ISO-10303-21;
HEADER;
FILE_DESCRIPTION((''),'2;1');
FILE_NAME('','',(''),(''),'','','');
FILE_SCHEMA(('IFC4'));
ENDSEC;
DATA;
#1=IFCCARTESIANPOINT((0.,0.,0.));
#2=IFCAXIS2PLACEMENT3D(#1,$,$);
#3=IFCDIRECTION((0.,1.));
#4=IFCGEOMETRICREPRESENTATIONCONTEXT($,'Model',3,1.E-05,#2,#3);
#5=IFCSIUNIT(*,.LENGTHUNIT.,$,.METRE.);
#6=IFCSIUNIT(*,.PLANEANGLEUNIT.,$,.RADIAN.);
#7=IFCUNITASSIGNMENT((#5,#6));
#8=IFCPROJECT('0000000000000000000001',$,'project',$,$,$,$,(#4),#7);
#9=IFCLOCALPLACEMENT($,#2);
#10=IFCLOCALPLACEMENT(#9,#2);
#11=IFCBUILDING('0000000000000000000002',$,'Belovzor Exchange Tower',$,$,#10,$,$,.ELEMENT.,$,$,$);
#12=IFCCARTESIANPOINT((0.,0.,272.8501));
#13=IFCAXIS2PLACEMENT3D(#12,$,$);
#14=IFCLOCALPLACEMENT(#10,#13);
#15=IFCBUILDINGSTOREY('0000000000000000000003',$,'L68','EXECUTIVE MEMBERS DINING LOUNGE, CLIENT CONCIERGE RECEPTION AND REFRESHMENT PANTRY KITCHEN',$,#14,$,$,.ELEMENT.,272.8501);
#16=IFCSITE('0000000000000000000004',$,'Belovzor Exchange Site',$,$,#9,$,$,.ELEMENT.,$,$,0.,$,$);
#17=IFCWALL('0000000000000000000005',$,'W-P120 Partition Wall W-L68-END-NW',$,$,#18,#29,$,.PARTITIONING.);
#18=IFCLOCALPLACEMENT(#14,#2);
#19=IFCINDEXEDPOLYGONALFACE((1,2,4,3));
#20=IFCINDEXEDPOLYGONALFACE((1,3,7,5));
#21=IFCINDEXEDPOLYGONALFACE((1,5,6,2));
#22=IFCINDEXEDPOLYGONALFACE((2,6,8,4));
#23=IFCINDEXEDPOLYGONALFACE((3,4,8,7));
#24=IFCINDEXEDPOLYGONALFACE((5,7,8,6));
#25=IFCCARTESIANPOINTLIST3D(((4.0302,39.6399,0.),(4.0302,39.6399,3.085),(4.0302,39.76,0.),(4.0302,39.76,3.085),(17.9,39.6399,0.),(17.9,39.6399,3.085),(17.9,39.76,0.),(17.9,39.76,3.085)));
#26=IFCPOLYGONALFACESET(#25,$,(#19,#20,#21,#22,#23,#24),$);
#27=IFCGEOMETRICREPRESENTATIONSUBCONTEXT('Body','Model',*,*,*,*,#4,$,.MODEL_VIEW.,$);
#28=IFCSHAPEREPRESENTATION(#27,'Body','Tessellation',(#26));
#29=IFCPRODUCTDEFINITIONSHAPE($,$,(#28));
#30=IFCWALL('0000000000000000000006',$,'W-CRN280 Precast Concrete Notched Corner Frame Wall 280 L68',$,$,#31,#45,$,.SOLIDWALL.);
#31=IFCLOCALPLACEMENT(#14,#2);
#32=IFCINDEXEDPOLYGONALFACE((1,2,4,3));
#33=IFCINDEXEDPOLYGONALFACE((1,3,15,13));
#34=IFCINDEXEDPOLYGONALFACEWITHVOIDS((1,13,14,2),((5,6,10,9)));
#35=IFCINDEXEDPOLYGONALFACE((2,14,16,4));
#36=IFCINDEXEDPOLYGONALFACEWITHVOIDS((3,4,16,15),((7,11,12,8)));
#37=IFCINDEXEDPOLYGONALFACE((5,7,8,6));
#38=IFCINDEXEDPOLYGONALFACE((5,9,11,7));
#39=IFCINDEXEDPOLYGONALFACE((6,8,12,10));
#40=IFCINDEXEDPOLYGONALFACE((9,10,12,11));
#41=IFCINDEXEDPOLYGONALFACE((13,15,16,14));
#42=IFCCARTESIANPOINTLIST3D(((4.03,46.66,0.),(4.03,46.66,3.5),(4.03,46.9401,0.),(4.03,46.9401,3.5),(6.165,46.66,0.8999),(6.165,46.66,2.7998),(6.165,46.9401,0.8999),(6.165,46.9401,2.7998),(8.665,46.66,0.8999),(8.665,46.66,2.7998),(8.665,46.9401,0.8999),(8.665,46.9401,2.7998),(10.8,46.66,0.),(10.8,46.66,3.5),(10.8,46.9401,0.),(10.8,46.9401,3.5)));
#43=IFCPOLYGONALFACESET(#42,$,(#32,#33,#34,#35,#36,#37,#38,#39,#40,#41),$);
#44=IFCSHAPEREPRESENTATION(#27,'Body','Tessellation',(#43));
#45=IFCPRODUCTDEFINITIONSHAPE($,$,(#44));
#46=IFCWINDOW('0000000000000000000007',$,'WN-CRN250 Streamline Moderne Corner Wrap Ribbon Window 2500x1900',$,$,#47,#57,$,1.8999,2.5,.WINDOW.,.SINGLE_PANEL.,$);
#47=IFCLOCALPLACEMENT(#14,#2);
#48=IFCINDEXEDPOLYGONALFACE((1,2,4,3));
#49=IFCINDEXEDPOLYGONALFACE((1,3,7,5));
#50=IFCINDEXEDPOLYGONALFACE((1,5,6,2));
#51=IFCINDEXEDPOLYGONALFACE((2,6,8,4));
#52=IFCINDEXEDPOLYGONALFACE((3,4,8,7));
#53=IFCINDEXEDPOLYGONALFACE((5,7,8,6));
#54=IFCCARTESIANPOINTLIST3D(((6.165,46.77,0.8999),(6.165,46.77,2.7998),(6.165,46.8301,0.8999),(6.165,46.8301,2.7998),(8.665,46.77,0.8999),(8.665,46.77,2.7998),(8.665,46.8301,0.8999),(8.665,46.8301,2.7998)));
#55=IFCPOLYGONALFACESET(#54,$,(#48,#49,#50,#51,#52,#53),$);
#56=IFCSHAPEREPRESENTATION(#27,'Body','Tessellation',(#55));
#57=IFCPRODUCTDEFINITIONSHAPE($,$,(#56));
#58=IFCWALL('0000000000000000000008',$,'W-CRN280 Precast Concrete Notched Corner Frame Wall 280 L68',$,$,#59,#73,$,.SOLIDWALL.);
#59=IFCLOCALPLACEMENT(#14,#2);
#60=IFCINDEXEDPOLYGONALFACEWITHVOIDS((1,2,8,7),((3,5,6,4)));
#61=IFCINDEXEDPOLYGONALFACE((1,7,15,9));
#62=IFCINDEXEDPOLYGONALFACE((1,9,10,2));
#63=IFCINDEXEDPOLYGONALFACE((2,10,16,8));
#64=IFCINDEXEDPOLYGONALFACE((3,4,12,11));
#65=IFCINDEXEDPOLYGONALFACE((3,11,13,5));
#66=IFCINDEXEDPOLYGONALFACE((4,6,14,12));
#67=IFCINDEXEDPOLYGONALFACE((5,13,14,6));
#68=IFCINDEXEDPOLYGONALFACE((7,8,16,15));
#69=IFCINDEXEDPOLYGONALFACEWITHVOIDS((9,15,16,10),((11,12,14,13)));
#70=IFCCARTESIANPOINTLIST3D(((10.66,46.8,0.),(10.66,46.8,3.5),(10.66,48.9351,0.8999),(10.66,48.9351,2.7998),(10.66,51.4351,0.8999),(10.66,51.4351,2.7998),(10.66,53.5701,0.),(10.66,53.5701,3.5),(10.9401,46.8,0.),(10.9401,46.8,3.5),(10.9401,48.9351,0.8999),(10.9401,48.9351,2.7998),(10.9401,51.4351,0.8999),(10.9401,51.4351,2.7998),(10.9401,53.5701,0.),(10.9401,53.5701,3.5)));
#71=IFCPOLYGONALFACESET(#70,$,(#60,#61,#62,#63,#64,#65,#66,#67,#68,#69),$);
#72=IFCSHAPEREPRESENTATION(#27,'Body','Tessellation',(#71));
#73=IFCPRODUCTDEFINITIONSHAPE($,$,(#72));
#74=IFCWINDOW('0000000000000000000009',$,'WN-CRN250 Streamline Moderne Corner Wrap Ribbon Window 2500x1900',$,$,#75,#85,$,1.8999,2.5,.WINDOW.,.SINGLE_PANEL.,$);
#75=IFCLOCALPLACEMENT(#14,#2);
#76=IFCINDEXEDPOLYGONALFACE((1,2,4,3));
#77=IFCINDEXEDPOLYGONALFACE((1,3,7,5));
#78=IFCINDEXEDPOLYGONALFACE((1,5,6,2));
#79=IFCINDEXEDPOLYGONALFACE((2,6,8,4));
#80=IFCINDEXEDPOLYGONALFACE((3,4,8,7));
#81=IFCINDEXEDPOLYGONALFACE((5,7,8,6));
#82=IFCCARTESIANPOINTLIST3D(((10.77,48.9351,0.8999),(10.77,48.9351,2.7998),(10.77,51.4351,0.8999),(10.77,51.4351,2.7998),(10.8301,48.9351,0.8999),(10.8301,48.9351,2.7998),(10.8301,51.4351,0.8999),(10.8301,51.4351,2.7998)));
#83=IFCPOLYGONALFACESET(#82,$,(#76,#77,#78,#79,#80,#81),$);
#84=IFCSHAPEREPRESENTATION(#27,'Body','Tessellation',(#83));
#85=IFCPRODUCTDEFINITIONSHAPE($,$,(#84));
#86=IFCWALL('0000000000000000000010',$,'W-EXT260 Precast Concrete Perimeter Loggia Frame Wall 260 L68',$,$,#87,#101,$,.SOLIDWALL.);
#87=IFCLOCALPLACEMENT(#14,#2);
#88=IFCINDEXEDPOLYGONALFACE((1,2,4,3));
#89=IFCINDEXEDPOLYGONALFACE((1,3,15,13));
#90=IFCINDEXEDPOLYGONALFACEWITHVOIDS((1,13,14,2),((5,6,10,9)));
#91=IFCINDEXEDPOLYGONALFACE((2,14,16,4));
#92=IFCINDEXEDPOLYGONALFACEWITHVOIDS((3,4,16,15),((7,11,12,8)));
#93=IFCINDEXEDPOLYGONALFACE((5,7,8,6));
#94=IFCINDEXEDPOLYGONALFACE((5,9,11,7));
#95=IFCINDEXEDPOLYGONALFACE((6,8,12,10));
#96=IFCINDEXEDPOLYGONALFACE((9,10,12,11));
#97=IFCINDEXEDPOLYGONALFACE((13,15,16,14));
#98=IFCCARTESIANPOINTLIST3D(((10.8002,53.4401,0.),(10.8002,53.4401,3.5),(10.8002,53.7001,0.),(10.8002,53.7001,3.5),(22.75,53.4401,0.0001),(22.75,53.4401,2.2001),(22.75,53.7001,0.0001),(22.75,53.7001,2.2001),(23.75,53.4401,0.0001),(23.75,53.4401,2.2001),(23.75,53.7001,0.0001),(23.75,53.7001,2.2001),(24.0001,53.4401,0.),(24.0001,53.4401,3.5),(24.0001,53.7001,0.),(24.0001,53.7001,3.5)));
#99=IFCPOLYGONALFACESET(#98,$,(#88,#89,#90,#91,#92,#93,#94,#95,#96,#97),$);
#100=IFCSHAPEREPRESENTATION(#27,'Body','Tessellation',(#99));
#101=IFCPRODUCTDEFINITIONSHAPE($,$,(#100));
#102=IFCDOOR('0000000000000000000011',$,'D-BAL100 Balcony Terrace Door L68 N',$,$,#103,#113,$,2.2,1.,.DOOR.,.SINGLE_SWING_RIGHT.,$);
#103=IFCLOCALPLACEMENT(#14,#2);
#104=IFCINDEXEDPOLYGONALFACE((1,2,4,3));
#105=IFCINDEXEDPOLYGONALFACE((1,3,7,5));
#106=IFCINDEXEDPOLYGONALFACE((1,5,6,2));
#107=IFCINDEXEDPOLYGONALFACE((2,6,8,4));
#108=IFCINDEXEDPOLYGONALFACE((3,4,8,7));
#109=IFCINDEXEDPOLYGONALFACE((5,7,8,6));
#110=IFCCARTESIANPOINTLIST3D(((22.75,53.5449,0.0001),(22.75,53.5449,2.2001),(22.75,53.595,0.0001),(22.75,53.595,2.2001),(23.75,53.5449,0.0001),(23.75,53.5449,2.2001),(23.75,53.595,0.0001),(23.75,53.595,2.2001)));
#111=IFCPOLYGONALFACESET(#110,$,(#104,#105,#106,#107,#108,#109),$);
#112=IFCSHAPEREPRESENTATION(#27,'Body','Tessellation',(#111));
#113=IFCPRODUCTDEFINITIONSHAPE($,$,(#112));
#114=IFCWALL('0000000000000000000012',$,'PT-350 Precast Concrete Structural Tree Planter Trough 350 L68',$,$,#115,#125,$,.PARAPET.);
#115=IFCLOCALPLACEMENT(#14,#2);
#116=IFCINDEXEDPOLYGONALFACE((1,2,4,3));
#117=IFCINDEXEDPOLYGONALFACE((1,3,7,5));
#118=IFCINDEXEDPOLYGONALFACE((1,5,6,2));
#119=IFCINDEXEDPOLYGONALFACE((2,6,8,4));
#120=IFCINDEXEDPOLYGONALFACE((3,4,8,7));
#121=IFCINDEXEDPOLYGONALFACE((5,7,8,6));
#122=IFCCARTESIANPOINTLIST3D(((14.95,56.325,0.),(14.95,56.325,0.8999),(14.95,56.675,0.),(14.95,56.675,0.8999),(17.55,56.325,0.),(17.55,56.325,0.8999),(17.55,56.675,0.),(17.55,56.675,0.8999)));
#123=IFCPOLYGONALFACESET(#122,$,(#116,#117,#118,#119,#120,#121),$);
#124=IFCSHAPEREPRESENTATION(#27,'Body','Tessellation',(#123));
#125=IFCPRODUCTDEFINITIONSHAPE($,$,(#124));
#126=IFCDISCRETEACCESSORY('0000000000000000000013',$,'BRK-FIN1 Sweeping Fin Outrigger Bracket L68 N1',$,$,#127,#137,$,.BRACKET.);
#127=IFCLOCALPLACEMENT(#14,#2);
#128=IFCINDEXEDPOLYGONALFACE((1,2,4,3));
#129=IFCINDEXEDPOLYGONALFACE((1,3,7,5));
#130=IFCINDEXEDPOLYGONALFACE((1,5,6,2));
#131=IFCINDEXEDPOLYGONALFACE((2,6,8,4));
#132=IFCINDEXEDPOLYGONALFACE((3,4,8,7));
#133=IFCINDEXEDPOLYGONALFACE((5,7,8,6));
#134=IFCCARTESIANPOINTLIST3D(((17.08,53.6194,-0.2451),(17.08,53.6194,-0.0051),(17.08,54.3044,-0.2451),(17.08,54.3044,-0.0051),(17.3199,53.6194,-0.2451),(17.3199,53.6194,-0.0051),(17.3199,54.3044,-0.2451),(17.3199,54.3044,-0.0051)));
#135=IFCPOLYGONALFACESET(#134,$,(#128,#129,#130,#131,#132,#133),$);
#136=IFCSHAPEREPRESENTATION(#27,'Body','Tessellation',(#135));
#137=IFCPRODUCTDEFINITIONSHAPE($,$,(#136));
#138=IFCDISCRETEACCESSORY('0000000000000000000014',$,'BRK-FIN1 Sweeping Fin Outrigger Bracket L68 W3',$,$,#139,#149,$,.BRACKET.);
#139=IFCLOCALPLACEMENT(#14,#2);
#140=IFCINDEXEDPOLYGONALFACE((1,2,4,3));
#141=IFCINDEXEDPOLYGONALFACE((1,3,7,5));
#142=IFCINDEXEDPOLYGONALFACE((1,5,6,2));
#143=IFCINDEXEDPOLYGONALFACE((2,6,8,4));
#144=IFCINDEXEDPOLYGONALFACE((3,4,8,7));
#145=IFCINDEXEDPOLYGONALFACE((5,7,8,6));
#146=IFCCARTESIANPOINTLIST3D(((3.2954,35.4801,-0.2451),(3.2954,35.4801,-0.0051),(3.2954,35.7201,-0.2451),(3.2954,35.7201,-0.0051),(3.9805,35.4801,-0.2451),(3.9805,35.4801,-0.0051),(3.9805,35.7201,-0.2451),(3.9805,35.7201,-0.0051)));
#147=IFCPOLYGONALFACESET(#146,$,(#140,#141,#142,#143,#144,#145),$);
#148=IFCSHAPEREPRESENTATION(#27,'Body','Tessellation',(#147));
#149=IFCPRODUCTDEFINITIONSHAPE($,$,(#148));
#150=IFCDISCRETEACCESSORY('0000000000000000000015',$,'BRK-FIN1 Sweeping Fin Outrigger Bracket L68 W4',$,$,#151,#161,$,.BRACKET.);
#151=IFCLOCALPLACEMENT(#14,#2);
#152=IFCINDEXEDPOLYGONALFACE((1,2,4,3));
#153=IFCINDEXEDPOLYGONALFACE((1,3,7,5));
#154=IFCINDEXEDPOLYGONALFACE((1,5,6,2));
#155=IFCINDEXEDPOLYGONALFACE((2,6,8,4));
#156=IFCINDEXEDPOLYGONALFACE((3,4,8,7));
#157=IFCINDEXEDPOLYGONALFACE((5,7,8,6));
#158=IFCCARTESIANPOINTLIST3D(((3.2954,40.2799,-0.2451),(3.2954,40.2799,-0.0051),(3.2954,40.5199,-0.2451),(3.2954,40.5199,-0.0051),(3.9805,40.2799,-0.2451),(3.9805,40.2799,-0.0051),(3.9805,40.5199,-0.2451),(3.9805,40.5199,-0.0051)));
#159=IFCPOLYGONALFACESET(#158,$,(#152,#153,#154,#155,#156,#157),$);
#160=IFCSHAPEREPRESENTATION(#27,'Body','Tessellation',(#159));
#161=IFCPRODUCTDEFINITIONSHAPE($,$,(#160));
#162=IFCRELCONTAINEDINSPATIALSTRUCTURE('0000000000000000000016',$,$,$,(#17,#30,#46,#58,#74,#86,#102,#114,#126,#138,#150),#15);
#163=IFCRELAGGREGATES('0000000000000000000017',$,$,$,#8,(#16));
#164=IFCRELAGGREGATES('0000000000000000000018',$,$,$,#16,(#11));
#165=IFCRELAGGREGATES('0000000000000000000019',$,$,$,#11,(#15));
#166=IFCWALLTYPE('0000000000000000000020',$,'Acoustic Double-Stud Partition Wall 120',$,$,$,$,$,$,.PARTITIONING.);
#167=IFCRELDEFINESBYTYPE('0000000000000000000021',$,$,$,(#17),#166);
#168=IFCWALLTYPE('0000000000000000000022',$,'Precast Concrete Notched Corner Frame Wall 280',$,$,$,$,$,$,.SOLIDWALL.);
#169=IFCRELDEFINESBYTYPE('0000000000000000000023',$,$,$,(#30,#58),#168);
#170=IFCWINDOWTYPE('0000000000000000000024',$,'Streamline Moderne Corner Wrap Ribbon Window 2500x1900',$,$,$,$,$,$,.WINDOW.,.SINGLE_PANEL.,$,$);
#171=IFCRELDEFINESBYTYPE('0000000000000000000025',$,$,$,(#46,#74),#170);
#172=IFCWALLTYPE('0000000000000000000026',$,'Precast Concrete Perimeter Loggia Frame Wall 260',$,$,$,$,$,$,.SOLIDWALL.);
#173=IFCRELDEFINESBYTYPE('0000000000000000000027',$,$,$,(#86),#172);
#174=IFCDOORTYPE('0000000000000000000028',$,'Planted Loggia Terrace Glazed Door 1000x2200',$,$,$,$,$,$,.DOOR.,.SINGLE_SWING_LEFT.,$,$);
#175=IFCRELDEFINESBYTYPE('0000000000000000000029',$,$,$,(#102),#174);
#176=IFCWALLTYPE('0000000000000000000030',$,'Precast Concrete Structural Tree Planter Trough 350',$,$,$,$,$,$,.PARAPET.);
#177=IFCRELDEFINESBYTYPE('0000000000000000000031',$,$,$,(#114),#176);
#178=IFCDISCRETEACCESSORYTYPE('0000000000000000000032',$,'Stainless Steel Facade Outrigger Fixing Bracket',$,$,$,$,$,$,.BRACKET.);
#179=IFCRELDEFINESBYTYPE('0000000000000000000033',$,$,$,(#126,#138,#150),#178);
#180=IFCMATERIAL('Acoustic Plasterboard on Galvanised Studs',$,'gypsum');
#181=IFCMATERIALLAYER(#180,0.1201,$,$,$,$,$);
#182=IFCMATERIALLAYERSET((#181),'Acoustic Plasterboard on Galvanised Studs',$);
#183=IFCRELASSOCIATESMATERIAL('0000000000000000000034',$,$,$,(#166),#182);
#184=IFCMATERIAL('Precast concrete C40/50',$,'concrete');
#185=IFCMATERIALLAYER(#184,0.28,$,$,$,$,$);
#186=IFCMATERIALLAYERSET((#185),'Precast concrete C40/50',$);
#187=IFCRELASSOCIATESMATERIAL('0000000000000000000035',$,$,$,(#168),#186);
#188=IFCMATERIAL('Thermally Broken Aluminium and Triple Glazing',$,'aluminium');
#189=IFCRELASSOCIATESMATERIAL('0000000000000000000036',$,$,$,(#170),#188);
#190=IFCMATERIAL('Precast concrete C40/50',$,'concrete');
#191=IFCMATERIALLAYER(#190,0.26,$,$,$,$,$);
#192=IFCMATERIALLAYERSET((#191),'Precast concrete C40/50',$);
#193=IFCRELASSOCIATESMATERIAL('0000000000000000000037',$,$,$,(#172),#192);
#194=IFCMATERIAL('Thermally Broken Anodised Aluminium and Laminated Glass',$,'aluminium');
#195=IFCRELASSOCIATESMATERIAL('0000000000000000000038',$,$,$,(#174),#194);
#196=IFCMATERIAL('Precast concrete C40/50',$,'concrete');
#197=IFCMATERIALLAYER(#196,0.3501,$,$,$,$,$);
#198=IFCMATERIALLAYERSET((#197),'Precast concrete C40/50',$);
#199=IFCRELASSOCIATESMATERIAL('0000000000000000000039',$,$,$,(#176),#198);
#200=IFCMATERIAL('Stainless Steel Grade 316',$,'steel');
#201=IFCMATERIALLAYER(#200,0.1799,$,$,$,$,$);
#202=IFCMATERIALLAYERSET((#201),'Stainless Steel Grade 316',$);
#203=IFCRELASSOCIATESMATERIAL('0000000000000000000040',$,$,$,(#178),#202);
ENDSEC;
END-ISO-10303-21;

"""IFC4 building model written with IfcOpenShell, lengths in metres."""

from ifc_helpers import new_model, si_unit, direction, frame, frame_2d, origin, origin_2d, place, context, subcontext, project, spatial, rectangle, extrude, material, layer, layer_set, type_object, element, fill, save


model = new_model("IFC4")

# Units and contexts
model_context = context("Model", 3, precision=1e-05, world=origin(), true_north=direction((0.0, 1.0)))
body_context = subcontext(model_context, "Body", "Model", "MODEL_VIEW")
ifc_project = project(units=[si_unit("LENGTHUNIT", "METRE"), si_unit("PLANEANGLEUNIT", "RADIAN")], contexts=[model_context])

# Site, building, storey
site_placement = place(None, origin())
site = spatial("IfcSite", under=ifc_project, at=site_placement, Name="Belovzor Exchange Site", CompositionType="ELEMENT", RefElevation=0.0)
building_placement = place(site_placement, origin())
building = spatial("IfcBuilding", under=site, at=building_placement, Name="Belovzor Exchange Tower", CompositionType="ELEMENT")
storey_placement = place(building_placement, frame((0.0, 0.0, 272.8501)))
storey = spatial("IfcBuildingStorey", under=building, at=storey_placement, Name="L68", Description="EXECUTIVE MEMBERS DINING LOUNGE, CLIENT CONCIERGE RECEPTION AND REFRESHMENT PANTRY KITCHEN", CompositionType="ELEMENT", Elevation=272.8501)

# Wall
ifc_material_1 = material(Name="Acoustic Plasterboard on Galvanised Studs", Category="gypsum")
ifc_layer_1 = layer(ifc_material_1, 0.1201)
ifc_layer_set_1 = layer_set([ifc_layer_1], Name="Acoustic Plasterboard on Galvanised Studs")
wall_type_1 = type_object("IfcWallType", Name="Acoustic Double-Stud Partition Wall 120", PredefinedType="PARTITIONING", material=ifc_layer_set_1)
wall_1_placement = place(storey_placement, frame((4.03, 39.7, 0.0), z_axis=(0.0, 0.0, 1.0), x_axis=(1.0, 0.0, 0.0)))
element("IfcWall", 1, at=wall_1_placement, inside=storey, type_object=wall_type_1, Name="W-P120 Partition Wall W-L68-END-NW", PredefinedType="PARTITIONING", context=body_context, shape_type="SweptSolid", body=[
    extrude(rectangle(XDim=13.8699, YDim=0.1201, at=frame_2d((6.9351, 0.0))), origin(), (0.0, 0.0, 1.0), 3.085),
])

# Walls, openings, windows
ifc_material_2 = material(Name="Precast concrete C40/50", Category="concrete")
ifc_layer_2 = layer(ifc_material_2, 0.28)
ifc_layer_set_2 = layer_set([ifc_layer_2], Name="Precast concrete C40/50")
wall_type_2 = type_object("IfcWallType", Name="Precast Concrete Notched Corner Frame Wall 280", PredefinedType="SOLIDWALL", material=ifc_layer_set_2)
wall_2_placement = place(storey_placement, frame((4.03, 46.8, 0.0), z_axis=(0.0, 0.0, 1.0), x_axis=(1.0, 0.0, 0.0)))
wall_2 = element("IfcWall", 2, at=wall_2_placement, inside=storey, type_object=wall_type_2, Name="W-CRN280 Precast Concrete Notched Corner Frame Wall 280 L68", PredefinedType="SOLIDWALL", context=body_context, shape_type="SweptSolid", body=[
    extrude(rectangle(XDim=6.77, YDim=0.28, at=frame_2d((3.385, 0.0))), origin(), (0.0, 0.0, 1.0), 3.5),
])
opening_1_placement = place(wall_2_placement, frame((2.135, 0.0, 0.8999)))
opening_1 = element("IfcOpeningElement", 3, at=opening_1_placement, cuts=wall_2, PredefinedType="OPENING", context=body_context, shape_type="SweptSolid", body=[
    extrude(rectangle(XDim=2.5, YDim=1.8999, at=frame_2d((1.25, 0.95))), frame((0.0, 0.1499, 0.0), z_axis=(0.0, -1.0, 0.0), x_axis=(1.0, 0.0, 0.0)), (0.0, 0.0, 1.0), 0.3),
])
ifc_material_3 = material(Name="Thermally Broken Aluminium and Triple Glazing", Category="aluminium")
window_type = type_object("IfcWindowType", Name="Streamline Moderne Corner Wrap Ribbon Window 2500x1900", PartitioningType="SINGLE_PANEL", PredefinedType="WINDOW", material=ifc_material_3)
window_1_placement = place(opening_1_placement, origin())
window_1 = element("IfcWindow", 4, at=window_1_placement, inside=storey, type_object=window_type, Name="WN-CRN250 Streamline Moderne Corner Wrap Ribbon Window 2500x1900", OverallHeight=1.8999, OverallWidth=2.5, PartitioningType="SINGLE_PANEL", PredefinedType="WINDOW", context=body_context, shape_type="SweptSolid", body=[
    extrude(rectangle(XDim=2.5, YDim=1.8999, at=frame_2d((1.25, 0.95))), frame((0.0, 0.03, 0.0), z_axis=(0.0, -1.0, 0.0), x_axis=(1.0, 0.0, 0.0)), (0.0, 0.0, 1.0), 0.0601),
])
fill(opening_1, window_1)
wall_3_placement = place(storey_placement, frame((10.8, 46.8, 0.0), z_axis=(0.0, 0.0, 1.0), x_axis=(0.0, 1.0, 0.0)))
wall_3 = element("IfcWall", 5, at=wall_3_placement, inside=storey, type_object=wall_type_2, Name="W-CRN280 Precast Concrete Notched Corner Frame Wall 280 L68", PredefinedType="SOLIDWALL", context=body_context, shape_type="SweptSolid", body=[
    extrude(rectangle(XDim=6.77, YDim=0.28, at=frame_2d((3.385, 0.0))), origin(), (0.0, 0.0, 1.0), 3.5),
])
opening_2_placement = place(wall_3_placement, frame((2.135, 0.0, 0.8999)))
opening_2 = element("IfcOpeningElement", 6, at=opening_2_placement, cuts=wall_3, PredefinedType="OPENING", context=body_context, shape_type="SweptSolid", body=[
    extrude(rectangle(XDim=2.5, YDim=1.8999, at=frame_2d((1.25, 0.95))), frame((0.0, 0.1499, 0.0), z_axis=(0.0, -1.0, 0.0), x_axis=(1.0, 0.0, 0.0)), (0.0, 0.0, 1.0), 0.3),
])
window_2_placement = place(opening_2_placement, origin())
window_2 = element("IfcWindow", 7, at=window_2_placement, inside=storey, type_object=window_type, Name="WN-CRN250 Streamline Moderne Corner Wrap Ribbon Window 2500x1900", OverallHeight=1.8999, OverallWidth=2.5, PartitioningType="SINGLE_PANEL", PredefinedType="WINDOW", context=body_context, shape_type="SweptSolid", body=[
    extrude(rectangle(XDim=2.5, YDim=1.8999, at=frame_2d((1.25, 0.95))), frame((0.0, 0.03, 0.0), z_axis=(0.0, -1.0, 0.0), x_axis=(1.0, 0.0, 0.0)), (0.0, 0.0, 1.0), 0.0601),
])
fill(opening_2, window_2)

# Wall, opening, door
ifc_material_4 = material(Name="Precast concrete C40/50", Category="concrete")
ifc_layer_3 = layer(ifc_material_4, 0.26)
ifc_layer_set_3 = layer_set([ifc_layer_3], Name="Precast concrete C40/50")
wall_type_3 = type_object("IfcWallType", Name="Precast Concrete Perimeter Loggia Frame Wall 260", PredefinedType="SOLIDWALL", material=ifc_layer_set_3)
wall_4_placement = place(storey_placement, frame((10.8, 53.5701, 0.0), z_axis=(0.0, 0.0, 1.0), x_axis=(1.0, 0.0, 0.0)))
wall_4 = element("IfcWall", 8, at=wall_4_placement, inside=storey, type_object=wall_type_3, Name="W-EXT260 Precast Concrete Perimeter Loggia Frame Wall 260 L68", PredefinedType="SOLIDWALL", context=body_context, shape_type="SweptSolid", body=[
    extrude(rectangle(XDim=13.2, YDim=0.26, at=frame_2d((6.6001, 0.0))), origin(), (0.0, 0.0, 1.0), 3.5),
])
opening_3_placement = place(wall_4_placement, frame((11.95, 0.0, 0.0)))
opening_3 = element("IfcOpeningElement", 9, at=opening_3_placement, cuts=wall_4, PredefinedType="OPENING", context=body_context, shape_type="SweptSolid", body=[
    extrude(rectangle(XDim=1.0, YDim=2.2, at=frame_2d((0.5, 1.1001))), frame((0.0, 0.1399, 0.0), z_axis=(0.0, -1.0, 0.0), x_axis=(1.0, 0.0, 0.0)), (0.0, 0.0, 1.0), 0.28),
])
ifc_material_5 = material(Name="Thermally Broken Anodised Aluminium and Laminated Glass", Category="aluminium")
door_type = type_object("IfcDoorType", Name="Planted Loggia Terrace Glazed Door 1000x2200", OperationType="SINGLE_SWING_LEFT", PredefinedType="DOOR", material=ifc_material_5)
door_placement = place(opening_3_placement, origin())
door = element("IfcDoor", 10, at=door_placement, inside=storey, type_object=door_type, Name="D-BAL100 Balcony Terrace Door L68 N", OperationType="SINGLE_SWING_RIGHT", OverallHeight=2.2, OverallWidth=1.0, PredefinedType="DOOR", context=body_context, shape_type="SweptSolid", body=[
    extrude(rectangle(XDim=1.0, YDim=2.2, at=frame_2d((0.5, 1.1001))), frame((0.0, 0.0249, 0.0), z_axis=(0.0, -1.0, 0.0), x_axis=(1.0, 0.0, 0.0)), (0.0, 0.0, 1.0), 0.05),
])
fill(opening_3, door)

# Wall
ifc_material_6 = material(Name="Precast concrete C40/50", Category="concrete")
ifc_layer_4 = layer(ifc_material_6, 0.3501)
ifc_layer_set_4 = layer_set([ifc_layer_4], Name="Precast concrete C40/50")
wall_type_4 = type_object("IfcWallType", Name="Precast Concrete Structural Tree Planter Trough 350", PredefinedType="PARAPET", material=ifc_layer_set_4)
wall_5_placement = place(storey_placement, frame((14.95, 56.5, 0.0), z_axis=(0.0, 0.0, 1.0), x_axis=(1.0, 0.0, 0.0)))
element("IfcWall", 11, at=wall_5_placement, inside=storey, type_object=wall_type_4, Name="PT-350 Precast Concrete Structural Tree Planter Trough 350 L68", PredefinedType="PARAPET", context=body_context, shape_type="SweptSolid", body=[
    extrude(rectangle(XDim=2.6001, YDim=0.3501, at=frame_2d((1.3, 0.0))), origin(), (0.0, 0.0, 1.0), 0.8999),
])

# Discrete accessories
ifc_material_7 = material(Name="Stainless Steel Grade 316", Category="steel")
ifc_layer_5 = layer(ifc_material_7, 0.1799)
ifc_layer_set_5 = layer_set([ifc_layer_5], Name="Stainless Steel Grade 316")
discrete_accessory_type = type_object("IfcDiscreteAccessoryType", Name="Stainless Steel Facade Outrigger Fixing Bracket", PredefinedType="BRACKET", material=ifc_layer_set_5)
for number, where, z_axis, x_axis, name in (
    (12, (17.2, 53.9619, -0.2451), (0.0, 0.0, 1.0), (0.0, 1.0, 0.0), "BRK-FIN1 Sweeping Fin Outrigger Bracket L68 N1"),
    (13, (3.6379, 35.6001, -0.2451), (0.0, 0.0, 1.0), (1.0, 0.0, 0.0), "BRK-FIN1 Sweeping Fin Outrigger Bracket L68 W3"),
    (14, (3.6379, 40.3999, -0.2451), (0.0, 0.0, 1.0), (1.0, 0.0, 0.0), "BRK-FIN1 Sweeping Fin Outrigger Bracket L68 W4"),
):
    element("IfcDiscreteAccessory", number, at=place(storey_placement, frame(where, z_axis=z_axis, x_axis=x_axis)), inside=storey, type_object=discrete_accessory_type, Name=name, PredefinedType="BRACKET", context=body_context, shape_type="SweptSolid", body=[
        extrude(rectangle(XDim=0.6851, YDim=0.24, at=origin_2d()), origin(), (0.0, 0.0, 1.0), 0.24),
    ])

save(model, "model.ifc")
